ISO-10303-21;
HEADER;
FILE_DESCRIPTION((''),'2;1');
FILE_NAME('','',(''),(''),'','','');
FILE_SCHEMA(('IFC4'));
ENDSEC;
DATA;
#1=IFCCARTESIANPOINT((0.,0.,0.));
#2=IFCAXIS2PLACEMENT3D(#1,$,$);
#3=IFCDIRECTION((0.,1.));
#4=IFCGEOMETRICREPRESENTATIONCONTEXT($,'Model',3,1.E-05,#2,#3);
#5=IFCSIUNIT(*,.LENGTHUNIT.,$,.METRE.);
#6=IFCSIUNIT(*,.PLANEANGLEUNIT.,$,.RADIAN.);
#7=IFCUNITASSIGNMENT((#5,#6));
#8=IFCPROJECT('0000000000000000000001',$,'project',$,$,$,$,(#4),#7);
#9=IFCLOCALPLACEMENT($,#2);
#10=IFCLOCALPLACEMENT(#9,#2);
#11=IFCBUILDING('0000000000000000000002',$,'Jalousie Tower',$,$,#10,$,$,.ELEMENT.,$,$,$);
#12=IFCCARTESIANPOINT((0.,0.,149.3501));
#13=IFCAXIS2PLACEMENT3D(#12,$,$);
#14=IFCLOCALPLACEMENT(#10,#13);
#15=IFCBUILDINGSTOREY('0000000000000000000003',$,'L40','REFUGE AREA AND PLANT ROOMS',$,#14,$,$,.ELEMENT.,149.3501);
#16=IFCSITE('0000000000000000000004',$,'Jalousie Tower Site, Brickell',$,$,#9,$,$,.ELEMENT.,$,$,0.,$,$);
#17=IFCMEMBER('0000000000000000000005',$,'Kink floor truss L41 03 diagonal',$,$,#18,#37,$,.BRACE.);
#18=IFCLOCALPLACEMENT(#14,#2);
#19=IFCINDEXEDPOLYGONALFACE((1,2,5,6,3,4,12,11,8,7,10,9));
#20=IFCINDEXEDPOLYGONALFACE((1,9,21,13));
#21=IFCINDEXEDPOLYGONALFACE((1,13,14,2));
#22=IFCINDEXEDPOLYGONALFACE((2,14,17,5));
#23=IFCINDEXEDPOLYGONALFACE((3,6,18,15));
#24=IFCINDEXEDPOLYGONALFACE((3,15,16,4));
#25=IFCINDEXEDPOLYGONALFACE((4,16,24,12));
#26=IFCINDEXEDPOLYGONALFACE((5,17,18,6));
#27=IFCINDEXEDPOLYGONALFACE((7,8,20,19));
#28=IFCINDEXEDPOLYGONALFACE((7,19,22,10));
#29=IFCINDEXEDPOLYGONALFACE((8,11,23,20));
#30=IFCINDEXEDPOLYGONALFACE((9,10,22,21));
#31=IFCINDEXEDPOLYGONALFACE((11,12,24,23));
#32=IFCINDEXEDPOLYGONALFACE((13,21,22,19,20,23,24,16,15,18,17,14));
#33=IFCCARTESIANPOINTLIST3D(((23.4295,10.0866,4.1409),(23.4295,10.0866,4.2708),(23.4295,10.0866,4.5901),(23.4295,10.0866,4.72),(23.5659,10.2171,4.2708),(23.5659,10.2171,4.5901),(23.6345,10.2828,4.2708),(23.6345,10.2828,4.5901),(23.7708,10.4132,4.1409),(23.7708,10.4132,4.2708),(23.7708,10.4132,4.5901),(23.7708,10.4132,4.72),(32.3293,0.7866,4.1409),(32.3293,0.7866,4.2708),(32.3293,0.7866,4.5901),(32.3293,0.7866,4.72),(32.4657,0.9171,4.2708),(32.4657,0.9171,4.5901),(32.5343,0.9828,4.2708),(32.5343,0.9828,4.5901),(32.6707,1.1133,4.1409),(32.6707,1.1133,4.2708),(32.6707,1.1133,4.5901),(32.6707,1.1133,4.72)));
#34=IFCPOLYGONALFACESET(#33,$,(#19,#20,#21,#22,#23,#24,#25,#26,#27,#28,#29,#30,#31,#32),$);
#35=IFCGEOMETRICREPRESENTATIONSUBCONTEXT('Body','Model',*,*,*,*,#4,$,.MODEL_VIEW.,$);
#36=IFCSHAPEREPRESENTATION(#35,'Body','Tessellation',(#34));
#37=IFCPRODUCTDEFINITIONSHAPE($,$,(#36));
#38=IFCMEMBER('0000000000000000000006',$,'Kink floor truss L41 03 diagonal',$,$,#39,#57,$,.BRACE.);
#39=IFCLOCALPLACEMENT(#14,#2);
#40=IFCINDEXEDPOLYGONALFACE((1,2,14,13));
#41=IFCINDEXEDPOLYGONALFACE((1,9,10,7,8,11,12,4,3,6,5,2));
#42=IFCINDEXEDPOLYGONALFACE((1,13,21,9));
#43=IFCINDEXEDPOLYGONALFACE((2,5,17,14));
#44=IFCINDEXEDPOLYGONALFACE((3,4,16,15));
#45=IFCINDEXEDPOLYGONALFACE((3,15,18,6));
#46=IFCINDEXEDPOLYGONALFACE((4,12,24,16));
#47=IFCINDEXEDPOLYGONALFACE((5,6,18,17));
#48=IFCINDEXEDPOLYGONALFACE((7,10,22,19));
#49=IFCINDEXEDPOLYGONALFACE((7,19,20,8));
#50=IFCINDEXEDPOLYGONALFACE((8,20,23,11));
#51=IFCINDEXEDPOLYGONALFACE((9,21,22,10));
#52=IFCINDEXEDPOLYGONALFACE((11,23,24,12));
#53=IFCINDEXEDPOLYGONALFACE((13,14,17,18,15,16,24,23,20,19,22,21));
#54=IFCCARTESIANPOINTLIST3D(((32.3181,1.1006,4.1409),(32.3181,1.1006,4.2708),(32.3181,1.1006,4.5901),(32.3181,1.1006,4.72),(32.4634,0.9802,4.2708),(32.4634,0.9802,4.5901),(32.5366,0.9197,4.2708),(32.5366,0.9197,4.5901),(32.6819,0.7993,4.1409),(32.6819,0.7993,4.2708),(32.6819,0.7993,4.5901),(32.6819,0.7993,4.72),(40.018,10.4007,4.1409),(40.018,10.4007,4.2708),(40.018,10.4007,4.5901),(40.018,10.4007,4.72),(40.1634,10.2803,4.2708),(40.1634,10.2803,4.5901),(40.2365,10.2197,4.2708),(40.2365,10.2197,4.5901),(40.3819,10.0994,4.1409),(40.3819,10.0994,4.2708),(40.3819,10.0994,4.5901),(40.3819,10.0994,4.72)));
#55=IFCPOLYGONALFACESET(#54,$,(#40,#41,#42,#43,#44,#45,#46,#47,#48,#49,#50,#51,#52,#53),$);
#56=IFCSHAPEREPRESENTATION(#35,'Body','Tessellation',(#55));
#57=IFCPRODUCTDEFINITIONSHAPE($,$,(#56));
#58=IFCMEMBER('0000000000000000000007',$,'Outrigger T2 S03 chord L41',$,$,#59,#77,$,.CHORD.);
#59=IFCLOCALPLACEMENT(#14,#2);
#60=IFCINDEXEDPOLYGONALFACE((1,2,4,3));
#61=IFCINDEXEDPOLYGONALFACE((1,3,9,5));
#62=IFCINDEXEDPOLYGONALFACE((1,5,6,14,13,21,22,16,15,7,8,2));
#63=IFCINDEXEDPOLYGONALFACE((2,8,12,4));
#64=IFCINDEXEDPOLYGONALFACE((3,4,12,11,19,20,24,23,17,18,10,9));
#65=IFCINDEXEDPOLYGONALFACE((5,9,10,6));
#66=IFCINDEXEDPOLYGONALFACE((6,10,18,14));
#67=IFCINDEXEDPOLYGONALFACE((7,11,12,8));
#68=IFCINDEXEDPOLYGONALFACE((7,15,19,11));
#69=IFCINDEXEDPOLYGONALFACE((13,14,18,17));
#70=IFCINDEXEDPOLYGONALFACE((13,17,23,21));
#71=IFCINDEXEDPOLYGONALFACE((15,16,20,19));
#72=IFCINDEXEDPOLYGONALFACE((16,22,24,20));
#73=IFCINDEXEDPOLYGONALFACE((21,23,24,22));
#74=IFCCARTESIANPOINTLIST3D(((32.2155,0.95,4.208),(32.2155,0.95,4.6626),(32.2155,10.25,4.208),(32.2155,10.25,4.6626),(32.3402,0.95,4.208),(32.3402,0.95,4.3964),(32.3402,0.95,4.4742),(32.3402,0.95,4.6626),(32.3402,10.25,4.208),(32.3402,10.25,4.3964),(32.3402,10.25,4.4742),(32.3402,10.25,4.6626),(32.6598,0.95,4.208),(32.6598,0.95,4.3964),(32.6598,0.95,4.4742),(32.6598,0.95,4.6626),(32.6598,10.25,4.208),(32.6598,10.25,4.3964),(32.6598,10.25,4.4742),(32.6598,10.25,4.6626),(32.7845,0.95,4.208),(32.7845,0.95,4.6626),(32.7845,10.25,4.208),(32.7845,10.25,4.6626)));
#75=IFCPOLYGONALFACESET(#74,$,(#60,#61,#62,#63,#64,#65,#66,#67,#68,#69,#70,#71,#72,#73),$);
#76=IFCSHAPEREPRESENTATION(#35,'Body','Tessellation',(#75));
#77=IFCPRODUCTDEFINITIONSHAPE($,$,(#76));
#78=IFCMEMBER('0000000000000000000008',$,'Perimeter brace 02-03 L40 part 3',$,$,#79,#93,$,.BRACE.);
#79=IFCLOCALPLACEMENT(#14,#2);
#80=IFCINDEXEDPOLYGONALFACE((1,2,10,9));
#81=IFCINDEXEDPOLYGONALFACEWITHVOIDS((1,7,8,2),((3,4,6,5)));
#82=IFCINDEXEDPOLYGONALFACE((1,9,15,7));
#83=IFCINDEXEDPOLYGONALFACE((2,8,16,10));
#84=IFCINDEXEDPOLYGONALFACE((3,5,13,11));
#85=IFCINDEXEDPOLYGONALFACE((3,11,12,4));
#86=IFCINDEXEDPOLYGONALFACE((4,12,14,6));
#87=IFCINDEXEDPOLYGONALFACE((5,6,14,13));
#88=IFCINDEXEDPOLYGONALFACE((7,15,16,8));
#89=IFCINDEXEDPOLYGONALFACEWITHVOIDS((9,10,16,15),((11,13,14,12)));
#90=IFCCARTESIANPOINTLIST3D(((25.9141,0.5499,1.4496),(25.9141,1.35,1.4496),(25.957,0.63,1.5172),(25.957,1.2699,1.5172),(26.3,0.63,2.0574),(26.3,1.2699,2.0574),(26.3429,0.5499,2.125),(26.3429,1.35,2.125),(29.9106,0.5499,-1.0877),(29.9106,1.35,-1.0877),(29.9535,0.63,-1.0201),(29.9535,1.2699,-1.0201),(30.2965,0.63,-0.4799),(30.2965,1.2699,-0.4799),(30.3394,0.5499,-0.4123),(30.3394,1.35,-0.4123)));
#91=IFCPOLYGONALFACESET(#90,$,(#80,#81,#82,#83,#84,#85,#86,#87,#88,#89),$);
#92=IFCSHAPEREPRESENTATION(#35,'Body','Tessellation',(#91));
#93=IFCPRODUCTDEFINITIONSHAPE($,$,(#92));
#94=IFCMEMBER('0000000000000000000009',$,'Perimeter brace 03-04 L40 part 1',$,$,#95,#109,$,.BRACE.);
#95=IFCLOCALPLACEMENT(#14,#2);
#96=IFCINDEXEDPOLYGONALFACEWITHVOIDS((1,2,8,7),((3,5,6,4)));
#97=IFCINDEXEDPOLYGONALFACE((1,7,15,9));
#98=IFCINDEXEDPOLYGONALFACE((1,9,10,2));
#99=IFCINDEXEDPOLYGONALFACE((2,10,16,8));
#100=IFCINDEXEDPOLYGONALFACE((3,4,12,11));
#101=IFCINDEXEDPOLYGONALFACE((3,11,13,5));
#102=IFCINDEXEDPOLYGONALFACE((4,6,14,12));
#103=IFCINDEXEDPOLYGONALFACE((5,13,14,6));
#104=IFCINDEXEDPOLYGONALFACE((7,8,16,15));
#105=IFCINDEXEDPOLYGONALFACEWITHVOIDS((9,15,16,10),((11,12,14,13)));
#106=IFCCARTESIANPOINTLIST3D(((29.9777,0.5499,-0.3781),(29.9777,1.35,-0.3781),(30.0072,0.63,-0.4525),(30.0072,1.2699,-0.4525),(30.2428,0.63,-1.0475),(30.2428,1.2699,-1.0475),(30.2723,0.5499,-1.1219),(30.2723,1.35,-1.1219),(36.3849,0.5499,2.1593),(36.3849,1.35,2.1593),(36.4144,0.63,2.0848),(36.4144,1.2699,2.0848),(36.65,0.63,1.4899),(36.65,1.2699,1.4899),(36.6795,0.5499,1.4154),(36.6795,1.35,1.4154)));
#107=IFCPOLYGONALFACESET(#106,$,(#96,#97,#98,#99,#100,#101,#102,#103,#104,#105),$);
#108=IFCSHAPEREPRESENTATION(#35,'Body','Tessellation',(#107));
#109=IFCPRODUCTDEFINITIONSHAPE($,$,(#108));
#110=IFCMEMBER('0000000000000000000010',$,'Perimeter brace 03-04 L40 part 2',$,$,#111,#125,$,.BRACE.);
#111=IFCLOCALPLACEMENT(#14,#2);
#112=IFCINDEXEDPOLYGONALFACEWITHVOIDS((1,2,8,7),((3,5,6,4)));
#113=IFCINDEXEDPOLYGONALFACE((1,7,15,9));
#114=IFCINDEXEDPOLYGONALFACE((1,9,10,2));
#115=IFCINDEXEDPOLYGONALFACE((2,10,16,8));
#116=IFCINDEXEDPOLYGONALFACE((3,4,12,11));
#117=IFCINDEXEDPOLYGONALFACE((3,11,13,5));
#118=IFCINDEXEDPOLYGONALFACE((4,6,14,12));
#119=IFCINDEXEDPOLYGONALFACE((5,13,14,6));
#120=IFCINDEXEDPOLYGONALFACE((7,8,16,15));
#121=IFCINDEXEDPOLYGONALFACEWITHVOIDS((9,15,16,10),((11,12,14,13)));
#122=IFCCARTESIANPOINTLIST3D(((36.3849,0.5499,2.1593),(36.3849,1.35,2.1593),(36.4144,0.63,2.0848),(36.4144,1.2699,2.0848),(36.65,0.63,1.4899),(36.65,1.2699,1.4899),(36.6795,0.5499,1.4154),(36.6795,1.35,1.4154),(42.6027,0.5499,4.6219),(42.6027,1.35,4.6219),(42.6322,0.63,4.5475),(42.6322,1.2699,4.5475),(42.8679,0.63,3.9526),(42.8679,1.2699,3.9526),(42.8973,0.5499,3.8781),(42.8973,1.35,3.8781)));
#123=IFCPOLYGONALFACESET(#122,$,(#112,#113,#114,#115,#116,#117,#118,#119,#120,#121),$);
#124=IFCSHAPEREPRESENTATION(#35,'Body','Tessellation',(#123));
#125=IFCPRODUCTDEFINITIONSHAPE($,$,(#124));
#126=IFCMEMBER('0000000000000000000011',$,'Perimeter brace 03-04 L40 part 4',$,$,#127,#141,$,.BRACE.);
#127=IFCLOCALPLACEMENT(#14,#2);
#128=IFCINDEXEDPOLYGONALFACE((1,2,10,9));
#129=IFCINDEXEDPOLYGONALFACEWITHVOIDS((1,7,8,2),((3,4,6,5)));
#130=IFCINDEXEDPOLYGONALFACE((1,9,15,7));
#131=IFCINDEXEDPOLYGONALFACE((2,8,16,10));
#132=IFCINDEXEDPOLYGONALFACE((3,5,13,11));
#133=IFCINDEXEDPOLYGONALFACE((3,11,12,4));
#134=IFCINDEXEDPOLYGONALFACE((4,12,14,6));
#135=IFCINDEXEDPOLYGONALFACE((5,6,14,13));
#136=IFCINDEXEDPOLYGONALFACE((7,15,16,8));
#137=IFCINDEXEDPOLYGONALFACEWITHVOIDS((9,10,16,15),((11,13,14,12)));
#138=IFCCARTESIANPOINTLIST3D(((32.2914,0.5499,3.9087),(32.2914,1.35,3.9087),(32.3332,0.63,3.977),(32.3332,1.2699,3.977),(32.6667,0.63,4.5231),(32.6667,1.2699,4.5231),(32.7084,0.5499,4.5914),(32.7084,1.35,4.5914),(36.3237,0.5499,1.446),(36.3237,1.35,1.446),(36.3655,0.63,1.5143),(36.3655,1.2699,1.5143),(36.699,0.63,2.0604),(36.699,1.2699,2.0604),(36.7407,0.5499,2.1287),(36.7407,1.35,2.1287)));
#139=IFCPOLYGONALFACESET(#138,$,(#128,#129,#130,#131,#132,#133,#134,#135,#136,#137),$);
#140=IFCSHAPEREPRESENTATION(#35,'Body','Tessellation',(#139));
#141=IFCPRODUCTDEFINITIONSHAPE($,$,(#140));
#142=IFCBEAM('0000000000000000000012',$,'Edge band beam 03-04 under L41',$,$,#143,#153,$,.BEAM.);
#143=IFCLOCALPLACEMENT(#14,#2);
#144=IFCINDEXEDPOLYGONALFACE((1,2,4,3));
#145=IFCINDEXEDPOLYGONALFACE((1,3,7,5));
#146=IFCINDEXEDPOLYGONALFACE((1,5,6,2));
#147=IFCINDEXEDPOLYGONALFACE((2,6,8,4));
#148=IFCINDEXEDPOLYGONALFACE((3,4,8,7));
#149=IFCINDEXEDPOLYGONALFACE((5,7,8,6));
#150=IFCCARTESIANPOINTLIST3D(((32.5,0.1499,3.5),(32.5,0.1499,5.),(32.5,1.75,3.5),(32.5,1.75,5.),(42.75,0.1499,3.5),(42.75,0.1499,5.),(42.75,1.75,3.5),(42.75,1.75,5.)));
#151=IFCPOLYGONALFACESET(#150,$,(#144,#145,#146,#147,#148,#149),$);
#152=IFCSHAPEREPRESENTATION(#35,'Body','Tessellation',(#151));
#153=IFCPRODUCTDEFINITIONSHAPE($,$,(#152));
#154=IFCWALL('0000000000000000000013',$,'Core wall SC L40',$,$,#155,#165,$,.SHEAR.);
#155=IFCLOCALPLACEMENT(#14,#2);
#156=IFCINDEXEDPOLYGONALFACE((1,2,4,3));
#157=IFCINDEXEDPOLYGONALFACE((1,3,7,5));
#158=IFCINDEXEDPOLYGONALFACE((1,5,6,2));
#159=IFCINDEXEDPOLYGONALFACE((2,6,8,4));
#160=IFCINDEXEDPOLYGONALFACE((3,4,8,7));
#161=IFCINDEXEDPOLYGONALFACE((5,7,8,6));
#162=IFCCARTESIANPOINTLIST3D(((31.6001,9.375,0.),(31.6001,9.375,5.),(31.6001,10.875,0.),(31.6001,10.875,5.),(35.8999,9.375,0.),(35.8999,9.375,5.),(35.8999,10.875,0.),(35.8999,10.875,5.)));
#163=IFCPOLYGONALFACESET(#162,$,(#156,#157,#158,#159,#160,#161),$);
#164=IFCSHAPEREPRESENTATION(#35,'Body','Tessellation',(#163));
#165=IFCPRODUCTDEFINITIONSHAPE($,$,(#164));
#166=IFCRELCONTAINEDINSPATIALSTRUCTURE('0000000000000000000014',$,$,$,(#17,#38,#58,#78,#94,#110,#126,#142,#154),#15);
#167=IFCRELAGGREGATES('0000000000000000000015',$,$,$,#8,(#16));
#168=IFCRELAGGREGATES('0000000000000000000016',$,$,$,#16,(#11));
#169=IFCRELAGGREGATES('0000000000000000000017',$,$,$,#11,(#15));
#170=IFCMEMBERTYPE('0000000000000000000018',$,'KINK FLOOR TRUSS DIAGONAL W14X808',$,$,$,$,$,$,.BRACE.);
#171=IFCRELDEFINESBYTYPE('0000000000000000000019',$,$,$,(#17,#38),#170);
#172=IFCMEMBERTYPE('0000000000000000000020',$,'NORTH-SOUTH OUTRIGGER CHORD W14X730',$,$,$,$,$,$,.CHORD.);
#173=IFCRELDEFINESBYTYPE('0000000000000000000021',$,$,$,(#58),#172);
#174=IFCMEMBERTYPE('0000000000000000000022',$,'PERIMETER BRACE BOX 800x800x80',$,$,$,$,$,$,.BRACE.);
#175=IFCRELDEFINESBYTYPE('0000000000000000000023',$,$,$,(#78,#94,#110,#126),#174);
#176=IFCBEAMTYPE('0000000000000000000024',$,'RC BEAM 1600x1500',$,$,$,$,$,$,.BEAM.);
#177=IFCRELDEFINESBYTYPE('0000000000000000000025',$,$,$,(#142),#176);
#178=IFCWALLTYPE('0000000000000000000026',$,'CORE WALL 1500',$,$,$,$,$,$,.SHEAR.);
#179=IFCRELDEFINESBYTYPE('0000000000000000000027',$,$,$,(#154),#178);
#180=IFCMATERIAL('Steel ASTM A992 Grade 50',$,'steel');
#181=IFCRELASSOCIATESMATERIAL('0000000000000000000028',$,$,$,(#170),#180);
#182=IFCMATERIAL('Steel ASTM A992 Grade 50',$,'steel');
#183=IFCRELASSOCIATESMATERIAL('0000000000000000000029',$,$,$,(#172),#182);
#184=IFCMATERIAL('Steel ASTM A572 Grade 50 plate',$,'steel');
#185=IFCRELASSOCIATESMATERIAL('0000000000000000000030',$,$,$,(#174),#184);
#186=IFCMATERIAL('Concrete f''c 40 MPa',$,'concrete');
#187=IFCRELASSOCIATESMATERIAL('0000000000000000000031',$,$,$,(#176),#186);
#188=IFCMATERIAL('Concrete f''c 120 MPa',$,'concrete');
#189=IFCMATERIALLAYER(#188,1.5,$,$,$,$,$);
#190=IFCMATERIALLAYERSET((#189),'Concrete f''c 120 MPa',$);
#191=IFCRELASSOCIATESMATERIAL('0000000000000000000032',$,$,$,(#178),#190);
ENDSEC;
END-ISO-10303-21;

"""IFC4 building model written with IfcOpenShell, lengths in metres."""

from ifc_helpers import new_model, si_unit, direction, frame, frame_2d, origin, origin_2d, place, context, subcontext, project, spatial, rectangle, hollow_rectangle, i_section, extrude, material, layer, layer_set, material_profile, profile_set, type_object, element, save


model = new_model("IFC4")

# Units and contexts
model_context = context("Model", 3, precision=1e-05, world=origin(), true_north=direction((0.0, 1.0)))
body_context = subcontext(model_context, "Body", "Model", "MODEL_VIEW")
ifc_project = project(units=[si_unit("LENGTHUNIT", "METRE"), si_unit("PLANEANGLEUNIT", "RADIAN")], contexts=[model_context])

# Site, building, storey
site_placement = place(None, origin())
site = spatial("IfcSite", under=ifc_project, at=site_placement, Name="Jalousie Tower Site, Brickell", CompositionType="ELEMENT", RefElevation=0.0)
building_placement = place(site_placement, origin())
building = spatial("IfcBuilding", under=site, at=building_placement, Name="Jalousie Tower", CompositionType="ELEMENT")
storey_placement = place(building_placement, frame((0.0, 0.0, 149.3501)))
storey = spatial("IfcBuildingStorey", under=building, at=storey_placement, Name="L40", Description="REFUGE AREA AND PLANT ROOMS", CompositionType="ELEMENT", Elevation=149.3501)

# Members
ifc_material_1 = material(Name="Steel ASTM A992 Grade 50", Category="steel")
ifc_material_profile_1 = material_profile(ifc_material_1, i_section(OverallWidth=0.4724, OverallDepth=0.5791, WebThickness=0.095, FlangeThickness=0.1299, at=origin_2d()), Name="W14X808")
ifc_profile_set_1 = profile_set([ifc_material_profile_1], Name="Steel ASTM A992 Grade 50")
member_type_1 = type_object("IfcMemberType", Name="KINK FLOOR TRUSS DIAGONAL W14X808", PredefinedType="BRACE", material=ifc_profile_set_1)
member_1_placement = place(storey_placement, frame((32.5, 0.95, 4.4304), z_axis=(-0.691393, 0.722479, 0.0), x_axis=(-0.722479, -0.691393, 0.0)))
element("IfcMember", 1, at=member_1_placement, inside=storey, type_object=member_type_1, Name="Kink floor truss L41 03 diagonal", PredefinedType="BRACE", context=body_context, shape_type="SweptSolid", body=[
    extrude(i_section(OverallWidth=0.4724, OverallDepth=0.5791, WebThickness=0.095, FlangeThickness=0.1299, at=origin_2d()), origin(), (0.0, 0.0, 1.0), 12.8723),
])
member_2_placement = place(storey_placement, frame((32.5, 0.95, 4.4304), z_axis=(0.637733, 0.770258, 0.0), x_axis=(-0.770258, 0.637733, 0.0)))
element("IfcMember", 2, at=member_2_placement, inside=storey, type_object=member_type_1, Name="Kink floor truss L41 03 diagonal", PredefinedType="BRACE", context=body_context, shape_type="SweptSolid", body=[
    extrude(i_section(OverallWidth=0.4724, OverallDepth=0.5791, WebThickness=0.095, FlangeThickness=0.1299, at=origin_2d()), origin(), (0.0, 0.0, 1.0), 12.074),
])
ifc_material_2 = material(Name="Steel ASTM A992 Grade 50", Category="steel")
ifc_material_profile_2 = material_profile(ifc_material_2, i_section(OverallWidth=0.4546, OverallDepth=0.5691, WebThickness=0.0779, FlangeThickness=0.1248, at=origin_2d()), Name="W14X730")
ifc_profile_set_2 = profile_set([ifc_material_profile_2], Name="Steel ASTM A992 Grade 50")
member_type_2 = type_object("IfcMemberType", Name="NORTH-SOUTH OUTRIGGER CHORD W14X730", PredefinedType="CHORD", material=ifc_profile_set_2)
member_3_placement = place(storey_placement, frame((32.5, 0.95, 4.4353), z_axis=(0.0, 1.0, 0.0), x_axis=(0.0, 0.0, 1.0)))
element("IfcMember", 3, at=member_3_placement, inside=storey, type_object=member_type_2, Name="Outrigger T2 S03 chord L41", PredefinedType="CHORD", context=body_context, shape_type="SweptSolid", body=[
    extrude(i_section(OverallWidth=0.4546, OverallDepth=0.5691, WebThickness=0.0779, FlangeThickness=0.1248, at=origin_2d()), origin(), (0.0, 0.0, 1.0), 9.3),
])
ifc_material_3 = material(Name="Steel ASTM A572 Grade 50 plate", Category="steel")
ifc_material_profile_3 = material_profile(ifc_material_3, hollow_rectangle(XDim=0.8, YDim=0.8, WallThickness=0.0801, at=origin_2d()), Name="BOX 800x800x80")
ifc_profile_set_3 = profile_set([ifc_material_profile_3], Name="Steel ASTM A572 Grade 50 plate")
member_type_3 = type_object("IfcMemberType", Name="PERIMETER BRACE BOX 800x800x80", PredefinedType="BRACE", material=ifc_profile_set_3)
member_4_placement = place(storey_placement, frame((30.125, 0.95, -0.75), z_axis=(-0.844228, 0.0, 0.535984), x_axis=(0.0, -1.0, 0.0)))
element("IfcMember", 4, at=member_4_placement, inside=storey, type_object=member_type_3, Name="Perimeter brace 02-03 L40 part 3", PredefinedType="BRACE", context=body_context, shape_type="SweptSolid", body=[
    extrude(hollow_rectangle(XDim=0.8, YDim=0.8, WallThickness=0.0801, at=origin_2d()), origin(), (0.0, 0.0, 1.0), 4.7339),
])
member_5_placement = place(storey_placement, frame((30.125, 0.95, -0.75), z_axis=(0.929749, 0.0, 0.368194), x_axis=(0.0, 1.0, 0.0)))
element("IfcMember", 5, at=member_5_placement, inside=storey, type_object=member_type_3, Name="Perimeter brace 03-04 L40 part 1", PredefinedType="BRACE", context=body_context, shape_type="SweptSolid", body=[
    extrude(hollow_rectangle(XDim=0.8, YDim=0.8, WallThickness=0.0801, at=origin_2d()), origin(), (0.0, 0.0, 1.0), 6.8914),
])
member_6_placement = place(storey_placement, frame((36.5322, 0.95, 1.7874), z_axis=(0.929733, 0.0, 0.368235), x_axis=(0.0, 1.0, 0.0)))
element("IfcMember", 6, at=member_6_placement, inside=storey, type_object=member_type_3, Name="Perimeter brace 03-04 L40 part 2", PredefinedType="BRACE", context=body_context, shape_type="SweptSolid", body=[
    extrude(hollow_rectangle(XDim=0.8, YDim=0.8, WallThickness=0.0801, at=origin_2d()), origin(), (0.0, 0.0, 1.0), 6.6877),
])
member_7_placement = place(storey_placement, frame((36.5322, 0.95, 1.7874), z_axis=(-0.853422, 0.0, 0.52122), x_axis=(0.0, -1.0, 0.0)))
element("IfcMember", 7, at=member_7_placement, inside=storey, type_object=member_type_3, Name="Perimeter brace 03-04 L40 part 4", PredefinedType="BRACE", context=body_context, shape_type="SweptSolid", body=[
    extrude(hollow_rectangle(XDim=0.8, YDim=0.8, WallThickness=0.0801, at=origin_2d()), origin(), (0.0, 0.0, 1.0), 4.7249),
])

# Beam
ifc_material_4 = material(Name="Concrete f'c 40 MPa", Category="concrete")
ifc_material_profile_4 = material_profile(ifc_material_4, rectangle(XDim=1.6001, YDim=1.5, at=origin_2d()), Name="RC 1600x1500")
ifc_profile_set_4 = profile_set([ifc_material_profile_4], Name="Concrete f'c 40 MPa")
beam_type = type_object("IfcBeamType", Name="RC BEAM 1600x1500", PredefinedType="BEAM", material=ifc_profile_set_4)
beam_placement = place(storey_placement, frame((32.5, 0.95, 4.25), z_axis=(1.0, 0.0, 0.0), x_axis=(0.0, 1.0, 0.0)))
element("IfcBeam", 8, at=beam_placement, inside=storey, type_object=beam_type, Name="Edge band beam 03-04 under L41", PredefinedType="BEAM", context=body_context, shape_type="SweptSolid", body=[
    extrude(rectangle(XDim=1.6001, YDim=1.5, at=origin_2d()), origin(), (0.0, 0.0, 1.0), 10.25),
])

# Wall
ifc_material_5 = material(Name="Concrete f'c 120 MPa", Category="concrete")
ifc_layer_1 = layer(ifc_material_5, 1.5)
ifc_layer_set_1 = layer_set([ifc_layer_1], Name="Concrete f'c 120 MPa")
wall_type_1 = type_object("IfcWallType", Name="CORE WALL 1500", PredefinedType="SHEAR", material=ifc_layer_set_1)
wall_1_placement = place(storey_placement, frame((31.6001, 10.125, 0.0), z_axis=(0.0, 0.0, 1.0), x_axis=(1.0, 0.0, 0.0)))
element("IfcWall", 9, at=wall_1_placement, inside=storey, type_object=wall_type_1, Name="Core wall SC L40", PredefinedType="SHEAR", context=body_context, shape_type="SweptSolid", body=[
    extrude(rectangle(XDim=4.2998, YDim=1.5, at=frame_2d((2.1499, 0.0))), origin(), (0.0, 0.0, 1.0), 5.0),
])

save(model, "model.ifc")
